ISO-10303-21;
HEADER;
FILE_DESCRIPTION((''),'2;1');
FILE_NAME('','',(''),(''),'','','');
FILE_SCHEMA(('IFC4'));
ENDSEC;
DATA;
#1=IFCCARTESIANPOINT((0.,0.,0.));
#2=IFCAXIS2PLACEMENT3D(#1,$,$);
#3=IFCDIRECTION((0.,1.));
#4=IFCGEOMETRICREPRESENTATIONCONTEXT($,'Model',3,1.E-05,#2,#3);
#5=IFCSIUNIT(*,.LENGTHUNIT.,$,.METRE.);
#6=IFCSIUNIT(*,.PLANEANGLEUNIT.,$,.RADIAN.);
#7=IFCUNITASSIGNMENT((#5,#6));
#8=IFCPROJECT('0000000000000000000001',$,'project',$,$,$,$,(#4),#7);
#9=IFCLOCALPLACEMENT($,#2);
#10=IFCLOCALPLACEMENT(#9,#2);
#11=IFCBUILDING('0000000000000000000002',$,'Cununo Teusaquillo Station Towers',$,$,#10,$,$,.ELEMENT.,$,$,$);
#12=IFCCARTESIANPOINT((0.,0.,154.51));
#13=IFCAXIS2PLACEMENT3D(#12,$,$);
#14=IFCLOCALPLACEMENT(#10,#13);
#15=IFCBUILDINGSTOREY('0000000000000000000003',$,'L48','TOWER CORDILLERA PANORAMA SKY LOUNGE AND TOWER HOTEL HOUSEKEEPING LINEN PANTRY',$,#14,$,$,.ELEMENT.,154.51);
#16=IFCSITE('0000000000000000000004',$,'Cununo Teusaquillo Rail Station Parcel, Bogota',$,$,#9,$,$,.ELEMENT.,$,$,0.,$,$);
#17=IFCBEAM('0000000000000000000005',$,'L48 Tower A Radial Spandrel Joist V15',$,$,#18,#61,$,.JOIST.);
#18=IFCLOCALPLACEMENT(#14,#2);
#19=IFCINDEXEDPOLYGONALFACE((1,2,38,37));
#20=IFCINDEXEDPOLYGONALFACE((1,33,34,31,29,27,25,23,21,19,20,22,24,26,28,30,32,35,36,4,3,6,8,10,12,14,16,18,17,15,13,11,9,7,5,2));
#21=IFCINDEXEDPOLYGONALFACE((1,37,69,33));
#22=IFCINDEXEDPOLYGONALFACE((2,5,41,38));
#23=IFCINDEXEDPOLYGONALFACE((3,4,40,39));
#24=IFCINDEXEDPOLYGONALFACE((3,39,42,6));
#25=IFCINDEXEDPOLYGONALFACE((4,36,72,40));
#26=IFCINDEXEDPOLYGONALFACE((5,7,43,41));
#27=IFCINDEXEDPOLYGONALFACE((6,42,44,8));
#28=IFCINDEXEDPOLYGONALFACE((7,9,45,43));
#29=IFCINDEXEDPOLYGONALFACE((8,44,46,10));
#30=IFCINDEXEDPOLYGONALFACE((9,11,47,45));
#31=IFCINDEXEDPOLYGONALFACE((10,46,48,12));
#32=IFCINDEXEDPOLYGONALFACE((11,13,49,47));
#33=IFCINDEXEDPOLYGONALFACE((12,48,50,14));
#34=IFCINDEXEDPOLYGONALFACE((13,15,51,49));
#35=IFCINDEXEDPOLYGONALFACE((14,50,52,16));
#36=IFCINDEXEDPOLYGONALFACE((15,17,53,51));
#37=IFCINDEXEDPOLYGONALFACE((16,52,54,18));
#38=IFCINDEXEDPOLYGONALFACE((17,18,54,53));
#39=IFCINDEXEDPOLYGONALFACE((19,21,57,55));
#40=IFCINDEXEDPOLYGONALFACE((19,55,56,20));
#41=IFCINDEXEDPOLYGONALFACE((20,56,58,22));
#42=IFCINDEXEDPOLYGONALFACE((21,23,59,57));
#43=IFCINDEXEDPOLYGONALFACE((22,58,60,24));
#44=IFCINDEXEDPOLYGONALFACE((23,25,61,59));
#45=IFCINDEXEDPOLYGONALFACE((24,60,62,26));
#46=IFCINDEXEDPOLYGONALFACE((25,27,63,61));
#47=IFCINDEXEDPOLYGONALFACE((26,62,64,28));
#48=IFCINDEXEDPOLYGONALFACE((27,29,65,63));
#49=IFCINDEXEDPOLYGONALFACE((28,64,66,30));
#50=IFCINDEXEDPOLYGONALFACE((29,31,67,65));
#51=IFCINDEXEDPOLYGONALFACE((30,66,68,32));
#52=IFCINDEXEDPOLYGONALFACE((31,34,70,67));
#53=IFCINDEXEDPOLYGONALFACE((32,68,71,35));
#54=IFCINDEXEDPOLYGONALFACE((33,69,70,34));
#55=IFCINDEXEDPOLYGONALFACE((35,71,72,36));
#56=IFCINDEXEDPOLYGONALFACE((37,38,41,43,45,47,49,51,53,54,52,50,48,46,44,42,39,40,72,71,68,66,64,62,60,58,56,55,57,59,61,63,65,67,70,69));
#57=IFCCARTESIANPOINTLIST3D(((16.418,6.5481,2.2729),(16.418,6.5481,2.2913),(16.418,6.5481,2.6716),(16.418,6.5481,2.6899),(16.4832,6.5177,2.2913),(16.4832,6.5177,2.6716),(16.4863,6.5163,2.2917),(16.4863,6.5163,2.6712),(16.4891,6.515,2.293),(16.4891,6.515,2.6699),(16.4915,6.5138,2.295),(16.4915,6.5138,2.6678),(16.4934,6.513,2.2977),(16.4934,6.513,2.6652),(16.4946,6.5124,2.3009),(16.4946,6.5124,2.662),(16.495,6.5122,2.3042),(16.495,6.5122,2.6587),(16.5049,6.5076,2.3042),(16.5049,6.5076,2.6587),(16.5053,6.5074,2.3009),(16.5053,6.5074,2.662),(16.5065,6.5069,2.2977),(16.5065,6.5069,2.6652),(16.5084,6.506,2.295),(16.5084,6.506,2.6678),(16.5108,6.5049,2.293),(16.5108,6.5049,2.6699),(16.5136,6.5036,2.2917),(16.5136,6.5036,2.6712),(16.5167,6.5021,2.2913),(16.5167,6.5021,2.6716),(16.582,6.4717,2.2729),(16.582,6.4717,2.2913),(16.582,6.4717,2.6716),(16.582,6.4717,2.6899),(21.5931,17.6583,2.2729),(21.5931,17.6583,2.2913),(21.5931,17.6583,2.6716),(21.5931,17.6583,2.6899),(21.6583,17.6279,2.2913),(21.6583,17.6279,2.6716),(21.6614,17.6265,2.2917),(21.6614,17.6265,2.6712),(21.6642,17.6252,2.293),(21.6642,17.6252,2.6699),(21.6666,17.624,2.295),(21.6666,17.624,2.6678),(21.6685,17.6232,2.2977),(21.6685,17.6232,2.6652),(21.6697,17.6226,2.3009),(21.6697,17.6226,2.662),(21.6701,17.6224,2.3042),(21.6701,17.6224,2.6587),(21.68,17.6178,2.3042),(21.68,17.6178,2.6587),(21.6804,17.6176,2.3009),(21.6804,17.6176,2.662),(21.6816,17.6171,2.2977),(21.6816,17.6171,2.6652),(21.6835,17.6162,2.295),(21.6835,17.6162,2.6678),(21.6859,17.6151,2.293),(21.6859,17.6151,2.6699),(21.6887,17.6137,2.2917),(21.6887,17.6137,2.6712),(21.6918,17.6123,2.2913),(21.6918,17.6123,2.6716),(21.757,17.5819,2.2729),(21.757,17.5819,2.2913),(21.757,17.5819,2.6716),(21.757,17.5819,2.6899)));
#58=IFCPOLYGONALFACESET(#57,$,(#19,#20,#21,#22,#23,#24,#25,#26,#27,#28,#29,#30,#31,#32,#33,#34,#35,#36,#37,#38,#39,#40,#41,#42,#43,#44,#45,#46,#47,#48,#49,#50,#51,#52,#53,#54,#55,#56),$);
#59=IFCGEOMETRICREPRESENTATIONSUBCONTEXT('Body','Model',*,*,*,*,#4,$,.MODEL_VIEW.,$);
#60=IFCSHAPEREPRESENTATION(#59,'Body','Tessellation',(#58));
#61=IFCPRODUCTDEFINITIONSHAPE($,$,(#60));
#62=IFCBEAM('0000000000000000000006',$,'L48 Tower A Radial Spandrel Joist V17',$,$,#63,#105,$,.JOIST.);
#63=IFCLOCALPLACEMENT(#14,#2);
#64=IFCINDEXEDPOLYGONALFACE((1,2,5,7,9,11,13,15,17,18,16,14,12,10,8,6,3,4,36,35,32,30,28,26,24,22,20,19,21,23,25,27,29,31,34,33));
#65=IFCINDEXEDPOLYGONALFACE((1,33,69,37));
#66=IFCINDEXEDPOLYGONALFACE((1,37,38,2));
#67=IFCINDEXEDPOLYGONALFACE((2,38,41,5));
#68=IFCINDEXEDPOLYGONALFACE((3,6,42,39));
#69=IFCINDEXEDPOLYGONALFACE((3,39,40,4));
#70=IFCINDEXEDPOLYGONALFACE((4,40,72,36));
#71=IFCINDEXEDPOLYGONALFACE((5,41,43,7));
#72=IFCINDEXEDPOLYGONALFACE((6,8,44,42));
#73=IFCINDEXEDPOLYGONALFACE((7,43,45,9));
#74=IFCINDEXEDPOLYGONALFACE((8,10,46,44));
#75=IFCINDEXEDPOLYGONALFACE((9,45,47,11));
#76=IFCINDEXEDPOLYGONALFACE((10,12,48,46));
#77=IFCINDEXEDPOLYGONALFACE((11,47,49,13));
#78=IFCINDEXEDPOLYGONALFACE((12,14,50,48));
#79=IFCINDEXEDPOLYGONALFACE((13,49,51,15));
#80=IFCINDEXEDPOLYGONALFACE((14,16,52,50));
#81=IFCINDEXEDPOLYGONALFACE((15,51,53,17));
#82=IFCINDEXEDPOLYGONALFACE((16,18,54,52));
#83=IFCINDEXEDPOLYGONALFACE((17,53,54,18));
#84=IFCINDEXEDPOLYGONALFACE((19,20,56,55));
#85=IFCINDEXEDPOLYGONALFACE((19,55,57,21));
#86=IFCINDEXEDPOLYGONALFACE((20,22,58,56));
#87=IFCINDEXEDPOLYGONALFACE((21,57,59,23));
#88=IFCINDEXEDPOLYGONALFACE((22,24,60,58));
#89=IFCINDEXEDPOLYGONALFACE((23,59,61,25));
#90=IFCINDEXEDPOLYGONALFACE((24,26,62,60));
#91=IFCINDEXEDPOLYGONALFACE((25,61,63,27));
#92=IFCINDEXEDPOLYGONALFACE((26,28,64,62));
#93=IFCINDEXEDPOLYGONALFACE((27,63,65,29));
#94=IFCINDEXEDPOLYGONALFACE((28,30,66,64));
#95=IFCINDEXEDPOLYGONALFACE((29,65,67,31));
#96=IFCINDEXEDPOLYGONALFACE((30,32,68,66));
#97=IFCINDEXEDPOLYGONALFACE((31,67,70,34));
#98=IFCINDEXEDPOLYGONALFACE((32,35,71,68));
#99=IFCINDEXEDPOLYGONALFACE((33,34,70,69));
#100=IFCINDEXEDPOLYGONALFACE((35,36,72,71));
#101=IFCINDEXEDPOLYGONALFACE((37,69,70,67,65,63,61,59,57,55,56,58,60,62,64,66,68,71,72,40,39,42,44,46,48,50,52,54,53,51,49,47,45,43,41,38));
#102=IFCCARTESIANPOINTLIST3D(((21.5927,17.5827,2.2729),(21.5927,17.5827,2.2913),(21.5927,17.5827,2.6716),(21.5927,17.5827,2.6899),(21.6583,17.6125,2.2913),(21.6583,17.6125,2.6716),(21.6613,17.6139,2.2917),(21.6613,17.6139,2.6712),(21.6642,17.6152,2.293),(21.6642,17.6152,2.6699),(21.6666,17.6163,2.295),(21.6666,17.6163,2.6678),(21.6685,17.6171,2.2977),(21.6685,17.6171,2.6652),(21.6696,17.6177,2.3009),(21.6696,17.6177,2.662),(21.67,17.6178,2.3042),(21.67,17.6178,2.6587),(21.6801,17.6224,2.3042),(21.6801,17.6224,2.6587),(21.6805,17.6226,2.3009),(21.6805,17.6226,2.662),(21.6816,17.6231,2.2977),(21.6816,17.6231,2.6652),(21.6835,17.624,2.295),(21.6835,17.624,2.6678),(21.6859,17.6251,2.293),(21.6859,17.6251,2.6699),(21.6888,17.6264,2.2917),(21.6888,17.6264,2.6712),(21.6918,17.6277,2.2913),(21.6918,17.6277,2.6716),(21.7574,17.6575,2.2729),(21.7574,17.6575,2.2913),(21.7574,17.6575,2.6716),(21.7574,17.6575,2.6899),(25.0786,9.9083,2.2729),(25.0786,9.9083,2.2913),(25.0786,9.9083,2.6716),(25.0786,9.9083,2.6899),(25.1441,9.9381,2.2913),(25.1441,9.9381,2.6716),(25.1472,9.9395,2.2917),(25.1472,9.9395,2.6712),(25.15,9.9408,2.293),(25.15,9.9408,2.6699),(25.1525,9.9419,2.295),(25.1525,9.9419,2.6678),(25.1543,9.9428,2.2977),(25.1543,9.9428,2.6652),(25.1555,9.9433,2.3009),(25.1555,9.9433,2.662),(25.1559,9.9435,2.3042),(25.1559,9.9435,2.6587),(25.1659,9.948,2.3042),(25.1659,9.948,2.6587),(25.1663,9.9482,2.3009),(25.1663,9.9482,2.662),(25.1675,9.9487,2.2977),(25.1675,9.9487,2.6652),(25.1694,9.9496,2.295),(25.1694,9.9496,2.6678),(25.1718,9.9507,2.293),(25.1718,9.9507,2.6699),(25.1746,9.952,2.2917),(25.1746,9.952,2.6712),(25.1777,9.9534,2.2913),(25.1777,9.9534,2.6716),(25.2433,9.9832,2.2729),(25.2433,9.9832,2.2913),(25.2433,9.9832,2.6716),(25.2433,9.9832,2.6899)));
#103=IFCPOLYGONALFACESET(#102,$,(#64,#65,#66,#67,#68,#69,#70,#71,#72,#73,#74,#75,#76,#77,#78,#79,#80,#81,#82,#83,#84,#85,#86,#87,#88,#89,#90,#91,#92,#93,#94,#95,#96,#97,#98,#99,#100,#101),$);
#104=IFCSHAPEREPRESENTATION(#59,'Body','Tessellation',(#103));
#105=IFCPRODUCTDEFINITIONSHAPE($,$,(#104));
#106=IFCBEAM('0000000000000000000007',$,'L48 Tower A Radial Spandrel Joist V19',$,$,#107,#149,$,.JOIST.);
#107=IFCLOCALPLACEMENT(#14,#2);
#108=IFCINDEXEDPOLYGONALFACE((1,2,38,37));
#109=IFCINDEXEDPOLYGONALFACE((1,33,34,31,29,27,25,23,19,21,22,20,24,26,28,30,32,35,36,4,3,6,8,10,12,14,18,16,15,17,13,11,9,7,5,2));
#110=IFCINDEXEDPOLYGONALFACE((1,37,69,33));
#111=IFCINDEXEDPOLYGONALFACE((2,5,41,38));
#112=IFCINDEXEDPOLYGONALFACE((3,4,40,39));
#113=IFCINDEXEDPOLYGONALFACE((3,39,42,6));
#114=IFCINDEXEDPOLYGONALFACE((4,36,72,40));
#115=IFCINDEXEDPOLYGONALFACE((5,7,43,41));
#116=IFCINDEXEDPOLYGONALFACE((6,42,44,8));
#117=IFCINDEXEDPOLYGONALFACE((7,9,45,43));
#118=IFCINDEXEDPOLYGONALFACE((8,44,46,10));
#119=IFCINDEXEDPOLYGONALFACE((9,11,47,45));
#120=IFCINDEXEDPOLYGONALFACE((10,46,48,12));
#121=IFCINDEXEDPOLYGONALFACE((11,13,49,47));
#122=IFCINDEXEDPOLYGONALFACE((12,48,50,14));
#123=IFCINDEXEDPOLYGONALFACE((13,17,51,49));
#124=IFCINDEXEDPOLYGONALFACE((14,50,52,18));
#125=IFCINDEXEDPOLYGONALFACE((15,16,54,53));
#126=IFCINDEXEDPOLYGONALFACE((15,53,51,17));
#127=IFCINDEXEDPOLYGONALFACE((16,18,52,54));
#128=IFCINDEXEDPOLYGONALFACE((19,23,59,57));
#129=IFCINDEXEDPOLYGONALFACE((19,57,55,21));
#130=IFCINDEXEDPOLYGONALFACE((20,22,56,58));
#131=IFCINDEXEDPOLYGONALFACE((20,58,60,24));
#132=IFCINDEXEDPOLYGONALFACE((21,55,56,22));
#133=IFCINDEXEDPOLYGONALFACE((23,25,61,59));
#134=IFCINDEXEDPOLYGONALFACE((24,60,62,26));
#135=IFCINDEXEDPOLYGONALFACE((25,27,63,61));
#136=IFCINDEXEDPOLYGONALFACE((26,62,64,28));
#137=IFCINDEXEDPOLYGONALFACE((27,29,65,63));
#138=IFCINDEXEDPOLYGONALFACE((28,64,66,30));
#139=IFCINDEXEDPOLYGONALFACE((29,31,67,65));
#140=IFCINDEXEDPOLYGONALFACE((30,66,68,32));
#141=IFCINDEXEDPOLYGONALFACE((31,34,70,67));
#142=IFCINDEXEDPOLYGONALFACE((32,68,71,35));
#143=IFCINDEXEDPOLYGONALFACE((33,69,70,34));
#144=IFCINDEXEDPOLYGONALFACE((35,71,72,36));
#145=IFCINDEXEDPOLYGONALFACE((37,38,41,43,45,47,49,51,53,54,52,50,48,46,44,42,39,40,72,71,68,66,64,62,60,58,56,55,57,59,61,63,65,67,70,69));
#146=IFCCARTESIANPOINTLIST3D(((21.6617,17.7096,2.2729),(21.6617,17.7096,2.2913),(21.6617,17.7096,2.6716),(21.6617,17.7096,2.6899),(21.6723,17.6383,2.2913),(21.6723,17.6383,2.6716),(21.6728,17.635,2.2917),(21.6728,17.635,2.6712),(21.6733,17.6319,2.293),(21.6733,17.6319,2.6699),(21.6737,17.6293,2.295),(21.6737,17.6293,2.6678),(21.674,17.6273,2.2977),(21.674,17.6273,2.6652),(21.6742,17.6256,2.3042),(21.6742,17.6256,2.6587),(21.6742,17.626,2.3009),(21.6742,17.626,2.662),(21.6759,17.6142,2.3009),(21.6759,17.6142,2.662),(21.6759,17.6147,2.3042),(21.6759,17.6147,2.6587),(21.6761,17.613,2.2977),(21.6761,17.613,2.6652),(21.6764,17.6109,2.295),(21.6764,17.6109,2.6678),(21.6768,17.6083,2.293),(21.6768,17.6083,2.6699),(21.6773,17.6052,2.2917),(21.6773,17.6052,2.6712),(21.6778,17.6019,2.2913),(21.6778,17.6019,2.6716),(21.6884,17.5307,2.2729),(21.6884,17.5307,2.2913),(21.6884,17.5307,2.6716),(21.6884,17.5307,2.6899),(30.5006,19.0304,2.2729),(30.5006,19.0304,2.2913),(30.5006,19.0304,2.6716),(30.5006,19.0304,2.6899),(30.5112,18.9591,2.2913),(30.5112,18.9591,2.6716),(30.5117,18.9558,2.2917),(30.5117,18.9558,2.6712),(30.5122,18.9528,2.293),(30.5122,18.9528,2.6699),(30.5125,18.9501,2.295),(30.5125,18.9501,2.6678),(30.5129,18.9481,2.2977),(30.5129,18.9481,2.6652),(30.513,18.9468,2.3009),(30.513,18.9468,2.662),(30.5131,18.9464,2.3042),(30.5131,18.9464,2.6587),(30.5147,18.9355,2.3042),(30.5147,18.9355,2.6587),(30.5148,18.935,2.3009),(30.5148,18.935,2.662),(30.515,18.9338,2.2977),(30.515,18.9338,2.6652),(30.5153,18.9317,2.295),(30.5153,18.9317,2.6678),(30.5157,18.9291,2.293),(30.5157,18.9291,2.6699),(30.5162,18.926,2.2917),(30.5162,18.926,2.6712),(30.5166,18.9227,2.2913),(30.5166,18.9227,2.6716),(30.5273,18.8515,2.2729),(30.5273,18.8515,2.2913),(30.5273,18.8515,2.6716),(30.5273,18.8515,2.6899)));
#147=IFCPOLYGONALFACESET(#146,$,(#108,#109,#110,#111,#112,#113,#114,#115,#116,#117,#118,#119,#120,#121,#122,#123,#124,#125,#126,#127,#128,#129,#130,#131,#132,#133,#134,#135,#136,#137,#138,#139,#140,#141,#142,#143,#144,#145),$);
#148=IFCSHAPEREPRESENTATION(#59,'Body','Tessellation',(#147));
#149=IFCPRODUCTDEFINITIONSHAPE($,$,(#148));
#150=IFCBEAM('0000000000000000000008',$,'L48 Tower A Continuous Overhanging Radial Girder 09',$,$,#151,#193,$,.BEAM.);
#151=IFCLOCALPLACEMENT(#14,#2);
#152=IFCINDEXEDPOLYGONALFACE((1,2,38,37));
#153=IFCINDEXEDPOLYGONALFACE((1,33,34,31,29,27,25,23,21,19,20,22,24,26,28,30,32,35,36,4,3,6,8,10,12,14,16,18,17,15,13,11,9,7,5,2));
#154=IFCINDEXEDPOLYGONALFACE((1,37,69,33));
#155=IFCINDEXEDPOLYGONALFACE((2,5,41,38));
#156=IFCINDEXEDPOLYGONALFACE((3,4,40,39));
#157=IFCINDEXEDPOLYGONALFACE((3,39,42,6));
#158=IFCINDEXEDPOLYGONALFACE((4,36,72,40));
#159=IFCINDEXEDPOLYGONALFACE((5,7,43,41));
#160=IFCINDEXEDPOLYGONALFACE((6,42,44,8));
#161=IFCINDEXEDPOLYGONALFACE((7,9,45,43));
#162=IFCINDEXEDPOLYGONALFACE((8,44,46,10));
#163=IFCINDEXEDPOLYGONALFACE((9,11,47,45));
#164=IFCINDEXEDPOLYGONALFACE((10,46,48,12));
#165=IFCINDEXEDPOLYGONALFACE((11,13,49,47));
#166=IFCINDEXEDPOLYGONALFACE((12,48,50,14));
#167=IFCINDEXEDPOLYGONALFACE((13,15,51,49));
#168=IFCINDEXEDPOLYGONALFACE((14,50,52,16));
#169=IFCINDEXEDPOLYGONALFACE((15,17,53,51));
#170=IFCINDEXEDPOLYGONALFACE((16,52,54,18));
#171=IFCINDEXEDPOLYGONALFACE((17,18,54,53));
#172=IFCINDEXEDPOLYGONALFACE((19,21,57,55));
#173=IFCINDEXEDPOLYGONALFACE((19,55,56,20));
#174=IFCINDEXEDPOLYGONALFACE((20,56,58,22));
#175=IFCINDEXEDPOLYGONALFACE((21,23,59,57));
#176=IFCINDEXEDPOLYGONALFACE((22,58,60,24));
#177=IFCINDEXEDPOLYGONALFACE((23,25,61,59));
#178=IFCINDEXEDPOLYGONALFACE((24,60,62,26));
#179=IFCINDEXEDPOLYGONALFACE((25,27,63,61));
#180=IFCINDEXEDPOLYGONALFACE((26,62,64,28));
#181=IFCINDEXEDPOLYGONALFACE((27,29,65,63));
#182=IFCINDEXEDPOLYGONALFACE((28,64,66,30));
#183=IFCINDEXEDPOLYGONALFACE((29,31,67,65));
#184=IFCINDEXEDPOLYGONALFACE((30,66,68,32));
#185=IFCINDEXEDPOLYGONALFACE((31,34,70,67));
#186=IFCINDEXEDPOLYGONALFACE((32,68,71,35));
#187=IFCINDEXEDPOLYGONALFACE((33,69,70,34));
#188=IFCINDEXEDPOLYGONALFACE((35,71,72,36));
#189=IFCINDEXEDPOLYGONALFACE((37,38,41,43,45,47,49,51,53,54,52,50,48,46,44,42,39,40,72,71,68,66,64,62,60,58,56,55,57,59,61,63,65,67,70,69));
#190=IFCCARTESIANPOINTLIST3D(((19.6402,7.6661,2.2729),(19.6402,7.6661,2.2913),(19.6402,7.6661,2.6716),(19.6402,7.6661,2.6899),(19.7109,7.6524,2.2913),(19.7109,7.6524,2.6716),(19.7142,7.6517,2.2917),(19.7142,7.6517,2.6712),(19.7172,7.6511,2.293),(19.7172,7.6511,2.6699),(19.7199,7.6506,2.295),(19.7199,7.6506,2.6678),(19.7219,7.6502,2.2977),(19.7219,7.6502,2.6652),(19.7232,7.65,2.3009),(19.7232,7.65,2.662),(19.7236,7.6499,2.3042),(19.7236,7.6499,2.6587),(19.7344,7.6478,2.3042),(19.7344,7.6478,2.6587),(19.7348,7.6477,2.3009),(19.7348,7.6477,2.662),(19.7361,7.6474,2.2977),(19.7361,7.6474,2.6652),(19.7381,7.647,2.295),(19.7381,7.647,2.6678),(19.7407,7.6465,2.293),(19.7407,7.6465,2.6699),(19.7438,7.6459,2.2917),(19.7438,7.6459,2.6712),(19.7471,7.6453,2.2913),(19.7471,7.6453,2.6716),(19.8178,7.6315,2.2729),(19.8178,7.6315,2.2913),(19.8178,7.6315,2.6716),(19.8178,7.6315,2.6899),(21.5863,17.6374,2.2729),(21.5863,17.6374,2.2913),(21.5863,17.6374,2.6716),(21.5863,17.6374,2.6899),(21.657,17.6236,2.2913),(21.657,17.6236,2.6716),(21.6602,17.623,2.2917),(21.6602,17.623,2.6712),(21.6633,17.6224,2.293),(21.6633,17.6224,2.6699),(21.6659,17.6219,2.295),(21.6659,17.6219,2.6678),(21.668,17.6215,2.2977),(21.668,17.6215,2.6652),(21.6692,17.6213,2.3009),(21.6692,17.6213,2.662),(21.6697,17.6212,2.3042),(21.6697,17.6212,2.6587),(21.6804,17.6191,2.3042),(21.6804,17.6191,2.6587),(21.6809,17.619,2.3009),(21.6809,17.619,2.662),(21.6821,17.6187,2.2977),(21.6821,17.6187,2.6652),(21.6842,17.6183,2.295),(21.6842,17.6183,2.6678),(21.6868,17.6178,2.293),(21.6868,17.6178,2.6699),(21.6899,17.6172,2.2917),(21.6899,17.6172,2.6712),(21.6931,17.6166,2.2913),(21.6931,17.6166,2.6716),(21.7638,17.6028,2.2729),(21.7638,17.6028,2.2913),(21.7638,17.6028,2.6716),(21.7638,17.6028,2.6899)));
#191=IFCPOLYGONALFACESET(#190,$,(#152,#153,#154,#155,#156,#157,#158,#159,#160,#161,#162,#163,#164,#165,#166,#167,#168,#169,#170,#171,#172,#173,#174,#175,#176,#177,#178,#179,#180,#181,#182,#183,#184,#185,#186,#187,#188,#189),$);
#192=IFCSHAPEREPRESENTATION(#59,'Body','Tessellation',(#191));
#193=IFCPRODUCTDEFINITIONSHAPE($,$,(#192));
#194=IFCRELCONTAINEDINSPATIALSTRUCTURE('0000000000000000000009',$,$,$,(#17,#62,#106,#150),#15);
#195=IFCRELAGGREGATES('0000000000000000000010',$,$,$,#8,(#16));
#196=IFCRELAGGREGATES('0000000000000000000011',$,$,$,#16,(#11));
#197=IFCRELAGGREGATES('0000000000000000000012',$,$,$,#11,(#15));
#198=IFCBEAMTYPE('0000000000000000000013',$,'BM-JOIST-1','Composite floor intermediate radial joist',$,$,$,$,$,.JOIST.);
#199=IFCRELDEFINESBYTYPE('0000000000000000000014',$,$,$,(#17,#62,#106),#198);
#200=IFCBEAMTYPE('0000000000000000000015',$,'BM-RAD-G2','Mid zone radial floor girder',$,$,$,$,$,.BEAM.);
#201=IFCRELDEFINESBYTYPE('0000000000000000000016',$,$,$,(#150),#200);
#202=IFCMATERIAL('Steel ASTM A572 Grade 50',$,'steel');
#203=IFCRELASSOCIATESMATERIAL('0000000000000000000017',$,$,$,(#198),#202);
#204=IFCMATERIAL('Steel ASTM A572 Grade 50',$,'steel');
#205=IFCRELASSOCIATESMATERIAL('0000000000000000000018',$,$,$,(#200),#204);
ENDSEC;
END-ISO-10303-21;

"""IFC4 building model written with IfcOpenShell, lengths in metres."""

from ifc_helpers import new_model, si_unit, direction, frame, origin, origin_2d, place, context, subcontext, project, spatial, i_section, extrude, material, material_profile, profile_set, type_object, element, save


model = new_model("IFC4")

# Units and contexts
model_context = context("Model", 3, precision=1e-05, world=origin(), true_north=direction((0.0, 1.0)))
body_context = subcontext(model_context, "Body", "Model", "MODEL_VIEW")
ifc_project = project(units=[si_unit("LENGTHUNIT", "METRE"), si_unit("PLANEANGLEUNIT", "RADIAN")], contexts=[model_context])

# Site, building, storey
site_placement = place(None, origin())
site = spatial("IfcSite", under=ifc_project, at=site_placement, Name="Cununo Teusaquillo Rail Station Parcel, Bogota", CompositionType="ELEMENT", RefElevation=0.0)
building_placement = place(site_placement, origin())
building = spatial("IfcBuilding", under=site, at=building_placement, Name="Cununo Teusaquillo Station Towers", CompositionType="ELEMENT")
storey_placement = place(building_placement, frame((0.0, 0.0, 154.51)))
storey = spatial("IfcBuildingStorey", under=building, at=storey_placement, Name="L48", Description="TOWER CORDILLERA PANORAMA SKY LOUNGE AND TOWER HOTEL HOUSEKEEPING LINEN PANTRY", CompositionType="ELEMENT", Elevation=154.51)

# Beams
ifc_material_1 = material(Name="Steel ASTM A572 Grade 50", Category="steel")
ifc_material_profile_1 = material_profile(ifc_material_1, i_section(OverallWidth=0.1809, OverallDepth=0.417, WebThickness=0.011, FlangeThickness=0.0183, FilletRadius=0.0129, at=origin_2d()), Name="W16X57")
ifc_profile_set_1 = profile_set([ifc_material_profile_1], Name="Steel ASTM A572 Grade 50")
beam_type_1 = type_object("IfcBeamType", Name="BM-JOIST-1", Description="Composite floor intermediate radial joist", PredefinedType="JOIST", material=ifc_profile_set_1)
beam_1_placement = place(storey_placement, frame((21.675, 17.6201, 2.4814), z_axis=(-0.422238, -0.906485, 0.0), x_axis=(0.906485, -0.422238, 0.0)))
element("IfcBeam", 1, at=beam_1_placement, inside=storey, type_object=beam_type_1, Name="L48 Tower A Radial Spandrel Joist V15", PredefinedType="JOIST", context=body_context, shape_type="SweptSolid", body=[
    extrude(i_section(OverallWidth=0.1809, OverallDepth=0.417, WebThickness=0.011, FlangeThickness=0.0183, FilletRadius=0.0129, at=origin_2d()), origin(), (0.0, 0.0, 1.0), 12.2563),
])
beam_2_placement = place(storey_placement, frame((21.675, 17.6201, 2.4814), z_axis=(0.413559, -0.910478, 0.0), x_axis=(0.910478, 0.413559, 0.0)))
element("IfcBeam", 2, at=beam_2_placement, inside=storey, type_object=beam_type_1, Name="L48 Tower A Radial Spandrel Joist V17", PredefinedType="JOIST", context=body_context, shape_type="SweptSolid", body=[
    extrude(i_section(OverallWidth=0.1809, OverallDepth=0.417, WebThickness=0.011, FlangeThickness=0.0183, FilletRadius=0.0129, at=origin_2d()), origin(), (0.0, 0.0, 1.0), 8.429),
])
beam_3_placement = place(storey_placement, frame((21.675, 17.6201, 2.4814), z_axis=(0.989019, 0.14779, 0.0), x_axis=(-0.14779, 0.989019, 0.0)))
element("IfcBeam", 3, at=beam_3_placement, inside=storey, type_object=beam_type_1, Name="L48 Tower A Radial Spandrel Joist V19", PredefinedType="JOIST", context=body_context, shape_type="SweptSolid", body=[
    extrude(i_section(OverallWidth=0.1809, OverallDepth=0.417, WebThickness=0.011, FlangeThickness=0.0183, FilletRadius=0.0129, at=origin_2d()), origin(), (0.0, 0.0, 1.0), 8.937),
])
ifc_material_2 = material(Name="Steel ASTM A572 Grade 50", Category="steel")
ifc_material_profile_2 = material_profile(ifc_material_2, i_section(OverallWidth=0.1809, OverallDepth=0.417, WebThickness=0.011, FlangeThickness=0.0183, FilletRadius=0.0129, at=origin_2d()), Name="W16X57")
ifc_profile_set_2 = profile_set([ifc_material_profile_2], Name="Steel ASTM A572 Grade 50")
beam_type_2 = type_object("IfcBeamType", Name="BM-RAD-G2", Description="Mid zone radial floor girder", PredefinedType="BEAM", material=ifc_profile_set_2)
beam_4_placement = place(storey_placement, frame((21.675, 17.6201, 2.4814), z_axis=(-0.191553, -0.981482, 0.0), x_axis=(0.981482, -0.191553, 0.0)))
element("IfcBeam", 4, at=beam_4_placement, inside=storey, type_object=beam_type_2, Name="L48 Tower A Continuous Overhanging Radial Girder 09", PredefinedType="BEAM", context=body_context, shape_type="SweptSolid", body=[
    extrude(i_section(OverallWidth=0.1809, OverallDepth=0.417, WebThickness=0.011, FlangeThickness=0.0183, FilletRadius=0.0129, at=origin_2d()), origin(), (0.0, 0.0, 1.0), 10.1594),
])

save(model, "model.ifc")
